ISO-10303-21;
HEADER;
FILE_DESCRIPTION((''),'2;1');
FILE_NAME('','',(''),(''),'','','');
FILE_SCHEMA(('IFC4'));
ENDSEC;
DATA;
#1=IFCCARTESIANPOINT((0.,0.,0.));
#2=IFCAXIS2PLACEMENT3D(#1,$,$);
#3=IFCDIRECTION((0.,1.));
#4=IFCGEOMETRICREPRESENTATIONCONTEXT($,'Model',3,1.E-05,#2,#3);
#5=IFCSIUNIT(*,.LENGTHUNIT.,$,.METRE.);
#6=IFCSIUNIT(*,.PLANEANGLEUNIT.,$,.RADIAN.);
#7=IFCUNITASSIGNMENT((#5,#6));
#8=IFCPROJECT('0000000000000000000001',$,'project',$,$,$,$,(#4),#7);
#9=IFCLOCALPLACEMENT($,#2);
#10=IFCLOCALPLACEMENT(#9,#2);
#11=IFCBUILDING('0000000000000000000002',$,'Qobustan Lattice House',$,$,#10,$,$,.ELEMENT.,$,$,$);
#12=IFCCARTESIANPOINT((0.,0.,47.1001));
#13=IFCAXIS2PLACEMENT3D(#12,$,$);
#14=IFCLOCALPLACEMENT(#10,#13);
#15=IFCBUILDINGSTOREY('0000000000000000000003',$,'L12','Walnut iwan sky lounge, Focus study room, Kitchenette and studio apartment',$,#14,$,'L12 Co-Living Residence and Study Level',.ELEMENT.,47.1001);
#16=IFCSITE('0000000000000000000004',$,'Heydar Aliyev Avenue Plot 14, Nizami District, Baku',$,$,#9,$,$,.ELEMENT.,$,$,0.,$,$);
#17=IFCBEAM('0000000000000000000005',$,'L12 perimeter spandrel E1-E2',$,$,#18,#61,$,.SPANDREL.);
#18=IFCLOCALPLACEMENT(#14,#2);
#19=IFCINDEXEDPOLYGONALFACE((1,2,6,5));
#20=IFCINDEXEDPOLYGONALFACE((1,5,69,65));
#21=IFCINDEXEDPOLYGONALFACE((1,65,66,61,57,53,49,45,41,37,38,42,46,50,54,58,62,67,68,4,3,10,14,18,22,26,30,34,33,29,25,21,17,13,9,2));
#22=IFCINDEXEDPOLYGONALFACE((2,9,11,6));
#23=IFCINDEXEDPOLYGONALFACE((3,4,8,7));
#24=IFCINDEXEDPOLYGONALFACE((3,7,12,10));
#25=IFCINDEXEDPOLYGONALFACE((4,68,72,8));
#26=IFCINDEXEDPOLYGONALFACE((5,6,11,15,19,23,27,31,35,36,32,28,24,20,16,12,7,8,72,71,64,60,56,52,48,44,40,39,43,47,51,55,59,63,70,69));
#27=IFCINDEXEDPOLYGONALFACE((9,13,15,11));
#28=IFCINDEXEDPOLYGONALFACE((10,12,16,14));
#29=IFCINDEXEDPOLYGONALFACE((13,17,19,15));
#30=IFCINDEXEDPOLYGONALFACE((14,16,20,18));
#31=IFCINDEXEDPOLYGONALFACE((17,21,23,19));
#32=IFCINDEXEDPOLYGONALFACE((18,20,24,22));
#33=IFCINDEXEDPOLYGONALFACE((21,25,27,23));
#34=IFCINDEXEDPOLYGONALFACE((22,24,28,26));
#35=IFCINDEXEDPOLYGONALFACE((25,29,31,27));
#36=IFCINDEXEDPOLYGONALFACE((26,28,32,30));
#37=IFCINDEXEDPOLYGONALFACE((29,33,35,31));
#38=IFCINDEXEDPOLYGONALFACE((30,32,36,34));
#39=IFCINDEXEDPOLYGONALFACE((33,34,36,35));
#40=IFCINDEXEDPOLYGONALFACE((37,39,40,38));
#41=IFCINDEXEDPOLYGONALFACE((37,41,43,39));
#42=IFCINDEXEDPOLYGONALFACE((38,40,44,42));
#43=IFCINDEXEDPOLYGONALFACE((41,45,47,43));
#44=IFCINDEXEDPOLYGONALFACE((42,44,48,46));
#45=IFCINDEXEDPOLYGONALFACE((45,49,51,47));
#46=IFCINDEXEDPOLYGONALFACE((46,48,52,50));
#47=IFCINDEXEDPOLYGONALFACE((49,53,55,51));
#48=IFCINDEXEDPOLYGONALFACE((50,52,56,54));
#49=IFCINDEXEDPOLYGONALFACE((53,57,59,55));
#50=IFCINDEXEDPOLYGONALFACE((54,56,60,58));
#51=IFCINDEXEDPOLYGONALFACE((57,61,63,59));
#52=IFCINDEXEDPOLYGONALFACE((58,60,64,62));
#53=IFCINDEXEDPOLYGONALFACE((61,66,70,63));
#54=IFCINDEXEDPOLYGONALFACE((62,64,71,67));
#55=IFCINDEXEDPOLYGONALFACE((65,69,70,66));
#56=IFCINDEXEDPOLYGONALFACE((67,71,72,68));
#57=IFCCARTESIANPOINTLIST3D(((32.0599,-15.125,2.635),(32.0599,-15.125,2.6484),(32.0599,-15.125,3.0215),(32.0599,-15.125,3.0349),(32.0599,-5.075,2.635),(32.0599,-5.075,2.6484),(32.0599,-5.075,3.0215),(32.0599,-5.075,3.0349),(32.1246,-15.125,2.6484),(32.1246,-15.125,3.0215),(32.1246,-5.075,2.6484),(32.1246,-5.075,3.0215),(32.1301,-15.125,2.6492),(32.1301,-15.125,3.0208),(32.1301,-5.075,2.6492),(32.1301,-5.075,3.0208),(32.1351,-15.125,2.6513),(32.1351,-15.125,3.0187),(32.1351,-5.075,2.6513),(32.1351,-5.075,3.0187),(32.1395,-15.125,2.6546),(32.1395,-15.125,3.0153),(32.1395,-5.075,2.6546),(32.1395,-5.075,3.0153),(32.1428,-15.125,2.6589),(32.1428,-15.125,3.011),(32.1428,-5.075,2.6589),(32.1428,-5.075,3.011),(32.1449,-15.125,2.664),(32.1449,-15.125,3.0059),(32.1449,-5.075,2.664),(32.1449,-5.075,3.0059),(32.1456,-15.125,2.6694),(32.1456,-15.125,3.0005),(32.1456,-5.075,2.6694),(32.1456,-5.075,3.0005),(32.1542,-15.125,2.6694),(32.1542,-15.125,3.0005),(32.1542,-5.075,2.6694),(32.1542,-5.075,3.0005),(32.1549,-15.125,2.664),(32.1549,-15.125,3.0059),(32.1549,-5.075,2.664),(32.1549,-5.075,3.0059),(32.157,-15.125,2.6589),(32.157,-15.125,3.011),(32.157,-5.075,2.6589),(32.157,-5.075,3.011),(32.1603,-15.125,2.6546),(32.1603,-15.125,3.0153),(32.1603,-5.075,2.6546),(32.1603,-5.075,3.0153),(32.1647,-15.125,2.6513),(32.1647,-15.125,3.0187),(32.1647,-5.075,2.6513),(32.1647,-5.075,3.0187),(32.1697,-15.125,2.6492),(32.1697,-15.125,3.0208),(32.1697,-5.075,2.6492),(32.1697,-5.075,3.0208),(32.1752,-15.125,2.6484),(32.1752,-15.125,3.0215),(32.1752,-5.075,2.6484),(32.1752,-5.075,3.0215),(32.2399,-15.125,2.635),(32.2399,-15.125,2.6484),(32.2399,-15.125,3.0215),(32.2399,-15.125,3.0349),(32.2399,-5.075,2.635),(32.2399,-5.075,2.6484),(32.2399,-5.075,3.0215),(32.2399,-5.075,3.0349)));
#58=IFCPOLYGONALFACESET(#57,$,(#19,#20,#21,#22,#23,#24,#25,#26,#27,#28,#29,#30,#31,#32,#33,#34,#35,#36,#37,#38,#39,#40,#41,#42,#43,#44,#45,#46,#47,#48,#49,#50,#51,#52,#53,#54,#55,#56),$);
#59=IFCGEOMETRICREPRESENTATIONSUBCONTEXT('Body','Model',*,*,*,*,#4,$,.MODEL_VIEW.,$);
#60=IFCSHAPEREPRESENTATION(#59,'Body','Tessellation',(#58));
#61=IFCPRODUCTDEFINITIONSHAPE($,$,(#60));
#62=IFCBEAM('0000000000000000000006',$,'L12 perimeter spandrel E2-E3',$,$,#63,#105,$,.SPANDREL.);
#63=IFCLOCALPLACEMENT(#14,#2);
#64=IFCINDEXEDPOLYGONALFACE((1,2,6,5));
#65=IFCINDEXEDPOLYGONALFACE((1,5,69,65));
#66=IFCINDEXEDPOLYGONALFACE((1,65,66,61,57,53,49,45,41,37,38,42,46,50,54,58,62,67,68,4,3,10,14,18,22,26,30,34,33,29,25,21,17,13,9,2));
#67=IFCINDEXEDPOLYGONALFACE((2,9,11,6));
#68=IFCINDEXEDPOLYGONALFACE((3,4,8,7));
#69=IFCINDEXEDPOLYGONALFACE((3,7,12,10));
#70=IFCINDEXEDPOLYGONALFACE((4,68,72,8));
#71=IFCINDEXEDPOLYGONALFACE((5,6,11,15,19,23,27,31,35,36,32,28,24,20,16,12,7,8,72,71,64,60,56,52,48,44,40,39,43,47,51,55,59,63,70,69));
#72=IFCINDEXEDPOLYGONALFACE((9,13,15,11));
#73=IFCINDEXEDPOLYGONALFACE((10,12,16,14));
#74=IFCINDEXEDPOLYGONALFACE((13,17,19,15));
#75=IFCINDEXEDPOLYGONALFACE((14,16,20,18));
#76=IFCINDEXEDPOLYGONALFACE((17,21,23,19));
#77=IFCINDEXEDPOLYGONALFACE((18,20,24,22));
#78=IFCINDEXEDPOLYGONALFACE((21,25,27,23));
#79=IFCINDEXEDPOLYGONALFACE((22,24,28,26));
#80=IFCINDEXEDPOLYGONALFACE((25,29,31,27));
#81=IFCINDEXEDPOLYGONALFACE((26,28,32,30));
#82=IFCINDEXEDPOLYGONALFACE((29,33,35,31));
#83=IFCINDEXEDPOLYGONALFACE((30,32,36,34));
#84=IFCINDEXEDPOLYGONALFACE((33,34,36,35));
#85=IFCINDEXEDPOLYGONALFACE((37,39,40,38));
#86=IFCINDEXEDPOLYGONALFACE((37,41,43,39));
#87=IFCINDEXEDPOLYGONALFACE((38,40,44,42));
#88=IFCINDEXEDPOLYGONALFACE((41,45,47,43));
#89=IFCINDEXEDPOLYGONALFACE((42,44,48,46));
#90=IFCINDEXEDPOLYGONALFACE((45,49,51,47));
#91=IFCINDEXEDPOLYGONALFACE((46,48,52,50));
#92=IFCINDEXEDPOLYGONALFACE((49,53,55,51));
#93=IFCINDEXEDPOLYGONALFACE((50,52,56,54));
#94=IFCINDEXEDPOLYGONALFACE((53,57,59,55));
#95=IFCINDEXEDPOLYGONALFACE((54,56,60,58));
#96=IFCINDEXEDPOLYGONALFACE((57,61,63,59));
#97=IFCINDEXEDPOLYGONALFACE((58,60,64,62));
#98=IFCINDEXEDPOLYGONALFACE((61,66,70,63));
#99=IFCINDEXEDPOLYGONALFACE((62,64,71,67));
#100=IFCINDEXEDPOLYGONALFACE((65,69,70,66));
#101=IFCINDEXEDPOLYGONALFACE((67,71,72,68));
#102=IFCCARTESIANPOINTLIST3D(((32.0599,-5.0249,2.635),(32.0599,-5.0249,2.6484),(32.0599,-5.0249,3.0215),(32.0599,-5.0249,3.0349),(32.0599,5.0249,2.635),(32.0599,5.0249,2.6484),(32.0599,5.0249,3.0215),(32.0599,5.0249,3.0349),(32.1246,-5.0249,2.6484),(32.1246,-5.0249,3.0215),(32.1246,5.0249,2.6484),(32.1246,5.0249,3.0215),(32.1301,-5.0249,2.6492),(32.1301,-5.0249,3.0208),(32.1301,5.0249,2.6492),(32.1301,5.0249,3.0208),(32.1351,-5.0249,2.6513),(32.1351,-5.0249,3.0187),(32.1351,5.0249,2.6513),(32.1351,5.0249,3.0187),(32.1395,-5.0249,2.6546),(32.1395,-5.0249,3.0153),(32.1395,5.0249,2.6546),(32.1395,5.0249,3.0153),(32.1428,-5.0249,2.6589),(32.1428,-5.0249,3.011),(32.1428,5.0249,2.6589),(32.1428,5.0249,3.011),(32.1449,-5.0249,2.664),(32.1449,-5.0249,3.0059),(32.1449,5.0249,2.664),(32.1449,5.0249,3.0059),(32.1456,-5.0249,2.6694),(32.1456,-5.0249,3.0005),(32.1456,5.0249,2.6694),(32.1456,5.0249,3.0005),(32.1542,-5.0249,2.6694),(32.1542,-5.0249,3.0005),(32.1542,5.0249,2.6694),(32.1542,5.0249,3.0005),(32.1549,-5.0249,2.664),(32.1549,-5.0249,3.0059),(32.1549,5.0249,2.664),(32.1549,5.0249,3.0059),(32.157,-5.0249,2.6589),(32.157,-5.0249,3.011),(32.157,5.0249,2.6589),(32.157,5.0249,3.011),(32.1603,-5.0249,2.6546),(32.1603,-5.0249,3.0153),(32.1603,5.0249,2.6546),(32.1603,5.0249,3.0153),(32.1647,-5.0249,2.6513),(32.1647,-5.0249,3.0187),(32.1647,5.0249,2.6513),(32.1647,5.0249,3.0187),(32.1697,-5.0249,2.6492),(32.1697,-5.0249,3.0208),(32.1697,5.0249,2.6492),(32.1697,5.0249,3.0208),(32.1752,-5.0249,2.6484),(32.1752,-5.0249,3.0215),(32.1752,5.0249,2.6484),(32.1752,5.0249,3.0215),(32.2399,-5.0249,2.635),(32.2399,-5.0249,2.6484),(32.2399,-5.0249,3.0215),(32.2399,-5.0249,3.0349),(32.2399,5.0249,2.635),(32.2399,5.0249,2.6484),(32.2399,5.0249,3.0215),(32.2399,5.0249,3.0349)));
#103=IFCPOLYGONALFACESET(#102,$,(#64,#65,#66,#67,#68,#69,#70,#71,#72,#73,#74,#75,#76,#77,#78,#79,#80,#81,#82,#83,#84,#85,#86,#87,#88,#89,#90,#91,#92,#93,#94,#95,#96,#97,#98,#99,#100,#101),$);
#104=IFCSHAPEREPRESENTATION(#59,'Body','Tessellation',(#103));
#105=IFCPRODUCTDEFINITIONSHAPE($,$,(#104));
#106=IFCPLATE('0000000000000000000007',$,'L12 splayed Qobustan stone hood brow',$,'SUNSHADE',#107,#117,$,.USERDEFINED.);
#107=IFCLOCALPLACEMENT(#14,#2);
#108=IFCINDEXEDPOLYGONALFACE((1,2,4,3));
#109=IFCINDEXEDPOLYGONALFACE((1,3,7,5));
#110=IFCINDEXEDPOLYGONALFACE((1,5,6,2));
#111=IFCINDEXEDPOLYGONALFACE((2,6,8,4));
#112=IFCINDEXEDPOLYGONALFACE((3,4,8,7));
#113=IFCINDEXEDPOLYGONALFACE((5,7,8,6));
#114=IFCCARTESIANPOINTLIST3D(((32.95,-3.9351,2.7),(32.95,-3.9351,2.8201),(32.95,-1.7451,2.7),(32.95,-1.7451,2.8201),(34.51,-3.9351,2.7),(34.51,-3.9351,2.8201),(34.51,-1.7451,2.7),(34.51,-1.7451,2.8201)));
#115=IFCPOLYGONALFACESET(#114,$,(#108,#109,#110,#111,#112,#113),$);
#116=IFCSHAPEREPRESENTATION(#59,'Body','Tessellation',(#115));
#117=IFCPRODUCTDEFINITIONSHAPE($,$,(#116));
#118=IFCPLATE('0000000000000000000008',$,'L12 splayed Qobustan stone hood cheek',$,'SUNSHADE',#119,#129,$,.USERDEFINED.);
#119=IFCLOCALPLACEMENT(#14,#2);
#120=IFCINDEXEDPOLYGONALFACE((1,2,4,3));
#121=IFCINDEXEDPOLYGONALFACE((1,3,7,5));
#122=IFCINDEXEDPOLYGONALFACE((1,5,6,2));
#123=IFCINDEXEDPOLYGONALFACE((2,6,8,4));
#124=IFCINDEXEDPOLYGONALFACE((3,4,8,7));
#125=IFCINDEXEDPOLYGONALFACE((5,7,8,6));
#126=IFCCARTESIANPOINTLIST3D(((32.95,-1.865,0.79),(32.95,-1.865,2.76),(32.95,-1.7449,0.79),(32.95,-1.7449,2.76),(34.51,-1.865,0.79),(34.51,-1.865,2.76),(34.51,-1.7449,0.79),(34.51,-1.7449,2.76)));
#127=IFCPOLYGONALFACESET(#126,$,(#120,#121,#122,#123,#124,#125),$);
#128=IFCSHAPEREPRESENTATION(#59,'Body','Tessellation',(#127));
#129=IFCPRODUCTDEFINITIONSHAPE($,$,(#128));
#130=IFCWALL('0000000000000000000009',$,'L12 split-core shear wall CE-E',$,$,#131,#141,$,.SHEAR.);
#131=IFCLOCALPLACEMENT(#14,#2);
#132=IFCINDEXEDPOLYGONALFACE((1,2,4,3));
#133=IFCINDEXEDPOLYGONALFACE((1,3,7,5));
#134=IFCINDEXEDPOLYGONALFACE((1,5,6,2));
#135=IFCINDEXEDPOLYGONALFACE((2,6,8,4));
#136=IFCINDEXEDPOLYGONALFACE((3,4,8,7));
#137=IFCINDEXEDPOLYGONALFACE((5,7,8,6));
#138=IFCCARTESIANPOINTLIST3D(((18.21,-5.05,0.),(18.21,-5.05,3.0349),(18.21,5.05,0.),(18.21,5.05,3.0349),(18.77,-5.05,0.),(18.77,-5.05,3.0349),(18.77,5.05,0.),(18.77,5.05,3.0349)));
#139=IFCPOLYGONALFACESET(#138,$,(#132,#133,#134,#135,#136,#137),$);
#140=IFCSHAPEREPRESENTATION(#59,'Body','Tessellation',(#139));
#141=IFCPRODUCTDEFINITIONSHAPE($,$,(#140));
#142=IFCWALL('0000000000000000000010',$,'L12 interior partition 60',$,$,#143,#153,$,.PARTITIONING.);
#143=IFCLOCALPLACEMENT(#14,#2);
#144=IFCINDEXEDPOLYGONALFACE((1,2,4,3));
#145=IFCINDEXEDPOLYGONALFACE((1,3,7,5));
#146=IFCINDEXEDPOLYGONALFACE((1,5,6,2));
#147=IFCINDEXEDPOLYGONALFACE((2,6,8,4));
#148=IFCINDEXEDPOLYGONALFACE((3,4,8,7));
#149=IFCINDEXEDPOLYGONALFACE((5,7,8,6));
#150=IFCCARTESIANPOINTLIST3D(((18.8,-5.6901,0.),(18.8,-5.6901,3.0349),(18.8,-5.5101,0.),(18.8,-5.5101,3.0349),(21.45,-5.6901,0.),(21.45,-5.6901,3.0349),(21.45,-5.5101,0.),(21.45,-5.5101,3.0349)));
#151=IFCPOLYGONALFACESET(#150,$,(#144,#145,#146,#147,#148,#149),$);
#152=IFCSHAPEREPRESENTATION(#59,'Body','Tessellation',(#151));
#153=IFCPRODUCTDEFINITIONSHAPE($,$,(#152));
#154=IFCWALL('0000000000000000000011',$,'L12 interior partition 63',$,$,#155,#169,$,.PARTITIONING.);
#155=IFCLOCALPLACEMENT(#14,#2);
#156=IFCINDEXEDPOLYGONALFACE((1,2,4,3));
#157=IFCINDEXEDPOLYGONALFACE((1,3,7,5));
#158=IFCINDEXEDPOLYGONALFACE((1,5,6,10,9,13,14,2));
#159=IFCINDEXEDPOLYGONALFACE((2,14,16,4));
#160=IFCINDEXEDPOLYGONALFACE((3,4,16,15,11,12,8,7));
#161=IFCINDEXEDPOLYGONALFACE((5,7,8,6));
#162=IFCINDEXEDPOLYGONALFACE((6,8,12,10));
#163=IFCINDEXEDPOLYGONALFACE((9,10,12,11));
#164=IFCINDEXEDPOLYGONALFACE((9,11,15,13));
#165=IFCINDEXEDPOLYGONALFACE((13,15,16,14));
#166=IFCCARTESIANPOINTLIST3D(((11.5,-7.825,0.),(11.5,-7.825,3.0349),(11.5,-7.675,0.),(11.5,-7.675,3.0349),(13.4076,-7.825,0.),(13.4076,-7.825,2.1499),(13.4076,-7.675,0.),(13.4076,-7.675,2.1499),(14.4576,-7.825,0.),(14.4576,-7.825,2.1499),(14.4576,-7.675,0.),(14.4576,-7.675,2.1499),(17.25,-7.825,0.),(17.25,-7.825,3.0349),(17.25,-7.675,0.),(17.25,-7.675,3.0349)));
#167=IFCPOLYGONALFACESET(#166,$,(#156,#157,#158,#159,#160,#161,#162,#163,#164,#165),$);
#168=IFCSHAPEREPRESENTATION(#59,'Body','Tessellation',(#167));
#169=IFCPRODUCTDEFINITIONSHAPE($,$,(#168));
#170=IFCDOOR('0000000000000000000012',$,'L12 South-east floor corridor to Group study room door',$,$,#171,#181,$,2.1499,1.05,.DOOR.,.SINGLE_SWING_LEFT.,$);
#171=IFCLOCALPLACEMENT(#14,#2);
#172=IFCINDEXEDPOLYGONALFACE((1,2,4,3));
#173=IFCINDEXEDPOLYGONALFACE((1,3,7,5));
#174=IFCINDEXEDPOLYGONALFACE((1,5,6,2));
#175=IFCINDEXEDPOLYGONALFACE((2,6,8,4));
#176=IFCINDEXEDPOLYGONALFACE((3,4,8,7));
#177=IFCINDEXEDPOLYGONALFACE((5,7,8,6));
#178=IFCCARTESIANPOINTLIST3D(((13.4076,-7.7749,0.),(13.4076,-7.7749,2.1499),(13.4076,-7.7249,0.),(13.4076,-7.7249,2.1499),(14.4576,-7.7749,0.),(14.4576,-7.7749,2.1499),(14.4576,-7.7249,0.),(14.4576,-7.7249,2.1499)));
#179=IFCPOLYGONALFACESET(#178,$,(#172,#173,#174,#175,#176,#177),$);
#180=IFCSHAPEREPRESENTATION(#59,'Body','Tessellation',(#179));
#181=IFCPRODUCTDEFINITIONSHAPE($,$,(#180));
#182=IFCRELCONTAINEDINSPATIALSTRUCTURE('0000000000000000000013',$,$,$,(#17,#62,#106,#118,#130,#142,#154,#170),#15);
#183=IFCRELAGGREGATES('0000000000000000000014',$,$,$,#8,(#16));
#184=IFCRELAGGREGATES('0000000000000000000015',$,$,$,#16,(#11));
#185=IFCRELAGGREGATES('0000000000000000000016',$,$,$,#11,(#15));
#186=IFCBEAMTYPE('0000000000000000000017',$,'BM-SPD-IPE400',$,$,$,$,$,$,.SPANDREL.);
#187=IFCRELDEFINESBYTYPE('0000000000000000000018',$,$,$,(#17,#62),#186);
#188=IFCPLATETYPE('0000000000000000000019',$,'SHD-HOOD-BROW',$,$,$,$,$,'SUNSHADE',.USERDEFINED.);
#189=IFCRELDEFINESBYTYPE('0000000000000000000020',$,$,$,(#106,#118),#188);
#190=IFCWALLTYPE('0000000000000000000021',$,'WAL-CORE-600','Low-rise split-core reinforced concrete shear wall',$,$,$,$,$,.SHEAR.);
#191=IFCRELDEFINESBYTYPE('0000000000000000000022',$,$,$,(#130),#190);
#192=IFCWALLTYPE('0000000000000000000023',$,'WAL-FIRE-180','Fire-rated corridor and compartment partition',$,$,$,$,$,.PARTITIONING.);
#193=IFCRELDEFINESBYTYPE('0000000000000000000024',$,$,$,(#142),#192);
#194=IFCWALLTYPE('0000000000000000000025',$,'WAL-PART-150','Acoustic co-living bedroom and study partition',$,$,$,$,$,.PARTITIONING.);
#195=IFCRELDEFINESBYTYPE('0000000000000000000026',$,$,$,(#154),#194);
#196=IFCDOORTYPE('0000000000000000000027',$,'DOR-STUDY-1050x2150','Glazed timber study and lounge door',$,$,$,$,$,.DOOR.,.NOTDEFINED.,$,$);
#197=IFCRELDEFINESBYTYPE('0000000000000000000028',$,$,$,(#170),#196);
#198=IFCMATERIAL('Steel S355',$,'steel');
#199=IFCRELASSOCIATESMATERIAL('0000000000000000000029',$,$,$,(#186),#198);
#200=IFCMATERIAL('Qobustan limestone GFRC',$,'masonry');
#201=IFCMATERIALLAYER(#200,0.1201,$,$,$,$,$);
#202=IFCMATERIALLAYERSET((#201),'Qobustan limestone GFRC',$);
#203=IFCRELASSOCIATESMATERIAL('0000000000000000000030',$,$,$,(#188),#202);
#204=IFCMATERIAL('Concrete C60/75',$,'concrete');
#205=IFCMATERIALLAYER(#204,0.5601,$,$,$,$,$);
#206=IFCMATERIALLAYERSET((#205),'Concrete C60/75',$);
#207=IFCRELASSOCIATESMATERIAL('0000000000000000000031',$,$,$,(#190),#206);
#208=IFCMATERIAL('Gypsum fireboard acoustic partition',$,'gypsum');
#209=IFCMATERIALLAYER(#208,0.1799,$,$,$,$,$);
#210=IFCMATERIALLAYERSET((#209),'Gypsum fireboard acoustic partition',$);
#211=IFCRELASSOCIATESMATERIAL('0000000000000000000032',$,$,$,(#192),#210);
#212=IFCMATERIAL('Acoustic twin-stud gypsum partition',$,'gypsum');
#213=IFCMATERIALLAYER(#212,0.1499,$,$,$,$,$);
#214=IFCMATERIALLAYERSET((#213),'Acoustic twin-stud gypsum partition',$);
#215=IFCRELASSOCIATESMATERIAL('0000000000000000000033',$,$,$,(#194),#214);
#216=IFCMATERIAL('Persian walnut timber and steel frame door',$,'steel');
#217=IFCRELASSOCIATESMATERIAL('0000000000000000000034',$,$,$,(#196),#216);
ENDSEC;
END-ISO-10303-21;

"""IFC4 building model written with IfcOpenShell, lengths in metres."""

from ifc_helpers import new_model, si_unit, direction, frame, frame_2d, origin, origin_2d, place, context, subcontext, project, spatial, rectangle, i_section, extrude, material, layer, layer_set, material_profile, profile_set, type_object, element, fill, save


model = new_model("IFC4")

# Units and contexts
model_context = context("Model", 3, precision=1e-05, world=origin(), true_north=direction((0.0, 1.0)))
body_context = subcontext(model_context, "Body", "Model", "MODEL_VIEW")
ifc_project = project(units=[si_unit("LENGTHUNIT", "METRE"), si_unit("PLANEANGLEUNIT", "RADIAN")], contexts=[model_context])

# Site, building, storey
site_placement = place(None, origin())
site = spatial("IfcSite", under=ifc_project, at=site_placement, Name="Heydar Aliyev Avenue Plot 14, Nizami District, Baku", CompositionType="ELEMENT", RefElevation=0.0)
building_placement = place(site_placement, origin())
building = spatial("IfcBuilding", under=site, at=building_placement, Name="Qobustan Lattice House", CompositionType="ELEMENT")
storey_placement = place(building_placement, frame((0.0, 0.0, 47.1001)))
storey = spatial("IfcBuildingStorey", under=building, at=storey_placement, Name="L12", Description="Walnut iwan sky lounge, Focus study room, Kitchenette and studio apartment", LongName="L12 Co-Living Residence and Study Level", CompositionType="ELEMENT", Elevation=47.1001)

# Beams
ifc_material_1 = material(Name="Steel S355", Category="steel")
ifc_material_profile_1 = material_profile(ifc_material_1, i_section(OverallWidth=0.1799, OverallDepth=0.3999, WebThickness=0.0085, FlangeThickness=0.0134, FilletRadius=0.021, at=origin_2d()), Name="IPE400")
ifc_profile_set_1 = profile_set([ifc_material_profile_1], Name="Steel S355")
beam_type_1 = type_object("IfcBeamType", Name="BM-SPD-IPE400", PredefinedType="SPANDREL", material=ifc_profile_set_1)
beam_1_placement = place(storey_placement, frame((32.1499, -15.125, 2.835), z_axis=(0.0, 1.0, 0.0), x_axis=(-1.0, 0.0, 0.0)))
element("IfcBeam", 1, at=beam_1_placement, inside=storey, type_object=beam_type_1, Name="L12 perimeter spandrel E1-E2", PredefinedType="SPANDREL", context=body_context, shape_type="SweptSolid", body=[
    extrude(i_section(OverallWidth=0.1799, OverallDepth=0.3999, WebThickness=0.0085, FlangeThickness=0.0134, FilletRadius=0.021, at=origin_2d()), origin(), (0.0, 0.0, 1.0), 10.05),
])
beam_2_placement = place(storey_placement, frame((32.1499, -5.0249, 2.835), z_axis=(0.0, 1.0, 0.0), x_axis=(-1.0, 0.0, 0.0)))
element("IfcBeam", 2, at=beam_2_placement, inside=storey, type_object=beam_type_1, Name="L12 perimeter spandrel E2-E3", PredefinedType="SPANDREL", context=body_context, shape_type="SweptSolid", body=[
    extrude(i_section(OverallWidth=0.1799, OverallDepth=0.3999, WebThickness=0.0085, FlangeThickness=0.0134, FilletRadius=0.021, at=origin_2d()), origin(), (0.0, 0.0, 1.0), 10.0498),
])

# Plates
ifc_material_2 = material(Name="Qobustan limestone GFRC", Category="masonry")
ifc_layer_1 = layer(ifc_material_2, 0.1201)
ifc_layer_set_1 = layer_set([ifc_layer_1], Name="Qobustan limestone GFRC")
plate_type = type_object("IfcPlateType", Name="SHD-HOOD-BROW", ElementType="SUNSHADE", PredefinedType="USERDEFINED", material=ifc_layer_set_1)
plate_1_placement = place(storey_placement, frame((33.73, -2.8401, 2.7), z_axis=(0.0, 0.0, 1.0), x_axis=(0.0, -1.0, 0.0)))
element("IfcPlate", 3, at=plate_1_placement, inside=storey, type_object=plate_type, Name="L12 splayed Qobustan stone hood brow", ObjectType="SUNSHADE", PredefinedType="USERDEFINED", context=body_context, shape_type="SweptSolid", body=[
    extrude(rectangle(XDim=2.1899, YDim=1.5601, at=origin_2d()), origin(), (0.0, 0.0, 1.0), 0.1201),
])
plate_2_placement = place(storey_placement, frame((33.73, -1.8049, 0.79), z_axis=(0.0, 0.0, 1.0), x_axis=(0.0, -1.0, 0.0)))
element("IfcPlate", 4, at=plate_2_placement, inside=storey, type_object=plate_type, Name="L12 splayed Qobustan stone hood cheek", ObjectType="SUNSHADE", PredefinedType="USERDEFINED", context=body_context, shape_type="SweptSolid", body=[
    extrude(rectangle(XDim=0.1201, YDim=1.5601, at=origin_2d()), origin(), (0.0, 0.0, 1.0), 1.97),
])

# Walls
ifc_material_3 = material(Name="Concrete C60/75", Category="concrete")
ifc_layer_2 = layer(ifc_material_3, 0.5601)
ifc_layer_set_2 = layer_set([ifc_layer_2], Name="Concrete C60/75")
wall_type_1 = type_object("IfcWallType", Name="WAL-CORE-600", Description="Low-rise split-core reinforced concrete shear wall", PredefinedType="SHEAR", material=ifc_layer_set_2)
wall_1_placement = place(storey_placement, frame((18.49, -5.05, 0.0), z_axis=(0.0, 0.0, 1.0), x_axis=(0.0, 1.0, 0.0)))
element("IfcWall", 5, at=wall_1_placement, inside=storey, type_object=wall_type_1, Name="L12 split-core shear wall CE-E", PredefinedType="SHEAR", context=body_context, shape_type="SweptSolid", body=[
    extrude(rectangle(XDim=10.1001, YDim=0.5601, at=frame_2d((5.05, 0.0))), origin(), (0.0, 0.0, 1.0), 3.0349),
])
ifc_material_4 = material(Name="Gypsum fireboard acoustic partition", Category="gypsum")
ifc_layer_3 = layer(ifc_material_4, 0.1799)
ifc_layer_set_3 = layer_set([ifc_layer_3], Name="Gypsum fireboard acoustic partition")
wall_type_2 = type_object("IfcWallType", Name="WAL-FIRE-180", Description="Fire-rated corridor and compartment partition", PredefinedType="PARTITIONING", material=ifc_layer_set_3)
wall_2_placement = place(storey_placement, frame((18.8, -5.6001, 0.0), z_axis=(0.0, 0.0, 1.0), x_axis=(1.0, 0.0, 0.0)))
element("IfcWall", 6, at=wall_2_placement, inside=storey, type_object=wall_type_2, Name="L12 interior partition 60", PredefinedType="PARTITIONING", context=body_context, shape_type="SweptSolid", body=[
    extrude(rectangle(XDim=2.6499, YDim=0.1799, at=frame_2d((1.325, 0.0))), origin(), (0.0, 0.0, 1.0), 3.0349),
])

# Wall, opening, door
ifc_material_5 = material(Name="Acoustic twin-stud gypsum partition", Category="gypsum")
ifc_layer_4 = layer(ifc_material_5, 0.1499)
ifc_layer_set_4 = layer_set([ifc_layer_4], Name="Acoustic twin-stud gypsum partition")
wall_type_3 = type_object("IfcWallType", Name="WAL-PART-150", Description="Acoustic co-living bedroom and study partition", PredefinedType="PARTITIONING", material=ifc_layer_set_4)
wall_3_placement = place(storey_placement, frame((17.25, -7.75, 0.0), z_axis=(0.0, 0.0, 1.0), x_axis=(-1.0, 0.0, 0.0)))
wall_3 = element("IfcWall", 7, at=wall_3_placement, inside=storey, type_object=wall_type_3, Name="L12 interior partition 63", PredefinedType="PARTITIONING", context=body_context, shape_type="SweptSolid", body=[
    extrude(rectangle(XDim=5.75, YDim=0.1499, at=frame_2d((2.875, 0.0))), origin(), (0.0, 0.0, 1.0), 3.0349),
])
opening_1_placement = place(wall_3_placement, frame((2.7925, 0.0, 0.0)))
opening_1 = element("IfcOpeningElement", 8, at=opening_1_placement, cuts=wall_3, PredefinedType="OPENING", context=body_context, shape_type="SweptSolid", body=[
    extrude(rectangle(XDim=1.05, YDim=2.1499, at=frame_2d((0.5249, 1.075))), frame((0.0, 0.085, 0.0), z_axis=(0.0, -1.0, 0.0), x_axis=(1.0, 0.0, 0.0)), (0.0, 0.0, 1.0), 0.1699),
])
ifc_material_6 = material(Name="Persian walnut timber and steel frame door", Category="steel")
door_type_1 = type_object("IfcDoorType", Name="DOR-STUDY-1050x2150", Description="Glazed timber study and lounge door", OperationType="NOTDEFINED", PredefinedType="DOOR", material=ifc_material_6)
door_1_placement = place(opening_1_placement, origin())
door_1 = element("IfcDoor", 9, at=door_1_placement, inside=storey, type_object=door_type_1, Name="L12 South-east floor corridor to Group study room door", OperationType="SINGLE_SWING_LEFT", OverallHeight=2.1499, OverallWidth=1.05, PredefinedType="DOOR", context=body_context, shape_type="SweptSolid", body=[
    extrude(rectangle(XDim=1.05, YDim=2.1499, at=frame_2d((0.5249, 1.075))), frame((0.0, 0.0249, 0.0), z_axis=(0.0, -1.0, 0.0), x_axis=(1.0, 0.0, 0.0)), (0.0, 0.0, 1.0), 0.05),
])
fill(opening_1, door_1)

save(model, "model.ifc")
